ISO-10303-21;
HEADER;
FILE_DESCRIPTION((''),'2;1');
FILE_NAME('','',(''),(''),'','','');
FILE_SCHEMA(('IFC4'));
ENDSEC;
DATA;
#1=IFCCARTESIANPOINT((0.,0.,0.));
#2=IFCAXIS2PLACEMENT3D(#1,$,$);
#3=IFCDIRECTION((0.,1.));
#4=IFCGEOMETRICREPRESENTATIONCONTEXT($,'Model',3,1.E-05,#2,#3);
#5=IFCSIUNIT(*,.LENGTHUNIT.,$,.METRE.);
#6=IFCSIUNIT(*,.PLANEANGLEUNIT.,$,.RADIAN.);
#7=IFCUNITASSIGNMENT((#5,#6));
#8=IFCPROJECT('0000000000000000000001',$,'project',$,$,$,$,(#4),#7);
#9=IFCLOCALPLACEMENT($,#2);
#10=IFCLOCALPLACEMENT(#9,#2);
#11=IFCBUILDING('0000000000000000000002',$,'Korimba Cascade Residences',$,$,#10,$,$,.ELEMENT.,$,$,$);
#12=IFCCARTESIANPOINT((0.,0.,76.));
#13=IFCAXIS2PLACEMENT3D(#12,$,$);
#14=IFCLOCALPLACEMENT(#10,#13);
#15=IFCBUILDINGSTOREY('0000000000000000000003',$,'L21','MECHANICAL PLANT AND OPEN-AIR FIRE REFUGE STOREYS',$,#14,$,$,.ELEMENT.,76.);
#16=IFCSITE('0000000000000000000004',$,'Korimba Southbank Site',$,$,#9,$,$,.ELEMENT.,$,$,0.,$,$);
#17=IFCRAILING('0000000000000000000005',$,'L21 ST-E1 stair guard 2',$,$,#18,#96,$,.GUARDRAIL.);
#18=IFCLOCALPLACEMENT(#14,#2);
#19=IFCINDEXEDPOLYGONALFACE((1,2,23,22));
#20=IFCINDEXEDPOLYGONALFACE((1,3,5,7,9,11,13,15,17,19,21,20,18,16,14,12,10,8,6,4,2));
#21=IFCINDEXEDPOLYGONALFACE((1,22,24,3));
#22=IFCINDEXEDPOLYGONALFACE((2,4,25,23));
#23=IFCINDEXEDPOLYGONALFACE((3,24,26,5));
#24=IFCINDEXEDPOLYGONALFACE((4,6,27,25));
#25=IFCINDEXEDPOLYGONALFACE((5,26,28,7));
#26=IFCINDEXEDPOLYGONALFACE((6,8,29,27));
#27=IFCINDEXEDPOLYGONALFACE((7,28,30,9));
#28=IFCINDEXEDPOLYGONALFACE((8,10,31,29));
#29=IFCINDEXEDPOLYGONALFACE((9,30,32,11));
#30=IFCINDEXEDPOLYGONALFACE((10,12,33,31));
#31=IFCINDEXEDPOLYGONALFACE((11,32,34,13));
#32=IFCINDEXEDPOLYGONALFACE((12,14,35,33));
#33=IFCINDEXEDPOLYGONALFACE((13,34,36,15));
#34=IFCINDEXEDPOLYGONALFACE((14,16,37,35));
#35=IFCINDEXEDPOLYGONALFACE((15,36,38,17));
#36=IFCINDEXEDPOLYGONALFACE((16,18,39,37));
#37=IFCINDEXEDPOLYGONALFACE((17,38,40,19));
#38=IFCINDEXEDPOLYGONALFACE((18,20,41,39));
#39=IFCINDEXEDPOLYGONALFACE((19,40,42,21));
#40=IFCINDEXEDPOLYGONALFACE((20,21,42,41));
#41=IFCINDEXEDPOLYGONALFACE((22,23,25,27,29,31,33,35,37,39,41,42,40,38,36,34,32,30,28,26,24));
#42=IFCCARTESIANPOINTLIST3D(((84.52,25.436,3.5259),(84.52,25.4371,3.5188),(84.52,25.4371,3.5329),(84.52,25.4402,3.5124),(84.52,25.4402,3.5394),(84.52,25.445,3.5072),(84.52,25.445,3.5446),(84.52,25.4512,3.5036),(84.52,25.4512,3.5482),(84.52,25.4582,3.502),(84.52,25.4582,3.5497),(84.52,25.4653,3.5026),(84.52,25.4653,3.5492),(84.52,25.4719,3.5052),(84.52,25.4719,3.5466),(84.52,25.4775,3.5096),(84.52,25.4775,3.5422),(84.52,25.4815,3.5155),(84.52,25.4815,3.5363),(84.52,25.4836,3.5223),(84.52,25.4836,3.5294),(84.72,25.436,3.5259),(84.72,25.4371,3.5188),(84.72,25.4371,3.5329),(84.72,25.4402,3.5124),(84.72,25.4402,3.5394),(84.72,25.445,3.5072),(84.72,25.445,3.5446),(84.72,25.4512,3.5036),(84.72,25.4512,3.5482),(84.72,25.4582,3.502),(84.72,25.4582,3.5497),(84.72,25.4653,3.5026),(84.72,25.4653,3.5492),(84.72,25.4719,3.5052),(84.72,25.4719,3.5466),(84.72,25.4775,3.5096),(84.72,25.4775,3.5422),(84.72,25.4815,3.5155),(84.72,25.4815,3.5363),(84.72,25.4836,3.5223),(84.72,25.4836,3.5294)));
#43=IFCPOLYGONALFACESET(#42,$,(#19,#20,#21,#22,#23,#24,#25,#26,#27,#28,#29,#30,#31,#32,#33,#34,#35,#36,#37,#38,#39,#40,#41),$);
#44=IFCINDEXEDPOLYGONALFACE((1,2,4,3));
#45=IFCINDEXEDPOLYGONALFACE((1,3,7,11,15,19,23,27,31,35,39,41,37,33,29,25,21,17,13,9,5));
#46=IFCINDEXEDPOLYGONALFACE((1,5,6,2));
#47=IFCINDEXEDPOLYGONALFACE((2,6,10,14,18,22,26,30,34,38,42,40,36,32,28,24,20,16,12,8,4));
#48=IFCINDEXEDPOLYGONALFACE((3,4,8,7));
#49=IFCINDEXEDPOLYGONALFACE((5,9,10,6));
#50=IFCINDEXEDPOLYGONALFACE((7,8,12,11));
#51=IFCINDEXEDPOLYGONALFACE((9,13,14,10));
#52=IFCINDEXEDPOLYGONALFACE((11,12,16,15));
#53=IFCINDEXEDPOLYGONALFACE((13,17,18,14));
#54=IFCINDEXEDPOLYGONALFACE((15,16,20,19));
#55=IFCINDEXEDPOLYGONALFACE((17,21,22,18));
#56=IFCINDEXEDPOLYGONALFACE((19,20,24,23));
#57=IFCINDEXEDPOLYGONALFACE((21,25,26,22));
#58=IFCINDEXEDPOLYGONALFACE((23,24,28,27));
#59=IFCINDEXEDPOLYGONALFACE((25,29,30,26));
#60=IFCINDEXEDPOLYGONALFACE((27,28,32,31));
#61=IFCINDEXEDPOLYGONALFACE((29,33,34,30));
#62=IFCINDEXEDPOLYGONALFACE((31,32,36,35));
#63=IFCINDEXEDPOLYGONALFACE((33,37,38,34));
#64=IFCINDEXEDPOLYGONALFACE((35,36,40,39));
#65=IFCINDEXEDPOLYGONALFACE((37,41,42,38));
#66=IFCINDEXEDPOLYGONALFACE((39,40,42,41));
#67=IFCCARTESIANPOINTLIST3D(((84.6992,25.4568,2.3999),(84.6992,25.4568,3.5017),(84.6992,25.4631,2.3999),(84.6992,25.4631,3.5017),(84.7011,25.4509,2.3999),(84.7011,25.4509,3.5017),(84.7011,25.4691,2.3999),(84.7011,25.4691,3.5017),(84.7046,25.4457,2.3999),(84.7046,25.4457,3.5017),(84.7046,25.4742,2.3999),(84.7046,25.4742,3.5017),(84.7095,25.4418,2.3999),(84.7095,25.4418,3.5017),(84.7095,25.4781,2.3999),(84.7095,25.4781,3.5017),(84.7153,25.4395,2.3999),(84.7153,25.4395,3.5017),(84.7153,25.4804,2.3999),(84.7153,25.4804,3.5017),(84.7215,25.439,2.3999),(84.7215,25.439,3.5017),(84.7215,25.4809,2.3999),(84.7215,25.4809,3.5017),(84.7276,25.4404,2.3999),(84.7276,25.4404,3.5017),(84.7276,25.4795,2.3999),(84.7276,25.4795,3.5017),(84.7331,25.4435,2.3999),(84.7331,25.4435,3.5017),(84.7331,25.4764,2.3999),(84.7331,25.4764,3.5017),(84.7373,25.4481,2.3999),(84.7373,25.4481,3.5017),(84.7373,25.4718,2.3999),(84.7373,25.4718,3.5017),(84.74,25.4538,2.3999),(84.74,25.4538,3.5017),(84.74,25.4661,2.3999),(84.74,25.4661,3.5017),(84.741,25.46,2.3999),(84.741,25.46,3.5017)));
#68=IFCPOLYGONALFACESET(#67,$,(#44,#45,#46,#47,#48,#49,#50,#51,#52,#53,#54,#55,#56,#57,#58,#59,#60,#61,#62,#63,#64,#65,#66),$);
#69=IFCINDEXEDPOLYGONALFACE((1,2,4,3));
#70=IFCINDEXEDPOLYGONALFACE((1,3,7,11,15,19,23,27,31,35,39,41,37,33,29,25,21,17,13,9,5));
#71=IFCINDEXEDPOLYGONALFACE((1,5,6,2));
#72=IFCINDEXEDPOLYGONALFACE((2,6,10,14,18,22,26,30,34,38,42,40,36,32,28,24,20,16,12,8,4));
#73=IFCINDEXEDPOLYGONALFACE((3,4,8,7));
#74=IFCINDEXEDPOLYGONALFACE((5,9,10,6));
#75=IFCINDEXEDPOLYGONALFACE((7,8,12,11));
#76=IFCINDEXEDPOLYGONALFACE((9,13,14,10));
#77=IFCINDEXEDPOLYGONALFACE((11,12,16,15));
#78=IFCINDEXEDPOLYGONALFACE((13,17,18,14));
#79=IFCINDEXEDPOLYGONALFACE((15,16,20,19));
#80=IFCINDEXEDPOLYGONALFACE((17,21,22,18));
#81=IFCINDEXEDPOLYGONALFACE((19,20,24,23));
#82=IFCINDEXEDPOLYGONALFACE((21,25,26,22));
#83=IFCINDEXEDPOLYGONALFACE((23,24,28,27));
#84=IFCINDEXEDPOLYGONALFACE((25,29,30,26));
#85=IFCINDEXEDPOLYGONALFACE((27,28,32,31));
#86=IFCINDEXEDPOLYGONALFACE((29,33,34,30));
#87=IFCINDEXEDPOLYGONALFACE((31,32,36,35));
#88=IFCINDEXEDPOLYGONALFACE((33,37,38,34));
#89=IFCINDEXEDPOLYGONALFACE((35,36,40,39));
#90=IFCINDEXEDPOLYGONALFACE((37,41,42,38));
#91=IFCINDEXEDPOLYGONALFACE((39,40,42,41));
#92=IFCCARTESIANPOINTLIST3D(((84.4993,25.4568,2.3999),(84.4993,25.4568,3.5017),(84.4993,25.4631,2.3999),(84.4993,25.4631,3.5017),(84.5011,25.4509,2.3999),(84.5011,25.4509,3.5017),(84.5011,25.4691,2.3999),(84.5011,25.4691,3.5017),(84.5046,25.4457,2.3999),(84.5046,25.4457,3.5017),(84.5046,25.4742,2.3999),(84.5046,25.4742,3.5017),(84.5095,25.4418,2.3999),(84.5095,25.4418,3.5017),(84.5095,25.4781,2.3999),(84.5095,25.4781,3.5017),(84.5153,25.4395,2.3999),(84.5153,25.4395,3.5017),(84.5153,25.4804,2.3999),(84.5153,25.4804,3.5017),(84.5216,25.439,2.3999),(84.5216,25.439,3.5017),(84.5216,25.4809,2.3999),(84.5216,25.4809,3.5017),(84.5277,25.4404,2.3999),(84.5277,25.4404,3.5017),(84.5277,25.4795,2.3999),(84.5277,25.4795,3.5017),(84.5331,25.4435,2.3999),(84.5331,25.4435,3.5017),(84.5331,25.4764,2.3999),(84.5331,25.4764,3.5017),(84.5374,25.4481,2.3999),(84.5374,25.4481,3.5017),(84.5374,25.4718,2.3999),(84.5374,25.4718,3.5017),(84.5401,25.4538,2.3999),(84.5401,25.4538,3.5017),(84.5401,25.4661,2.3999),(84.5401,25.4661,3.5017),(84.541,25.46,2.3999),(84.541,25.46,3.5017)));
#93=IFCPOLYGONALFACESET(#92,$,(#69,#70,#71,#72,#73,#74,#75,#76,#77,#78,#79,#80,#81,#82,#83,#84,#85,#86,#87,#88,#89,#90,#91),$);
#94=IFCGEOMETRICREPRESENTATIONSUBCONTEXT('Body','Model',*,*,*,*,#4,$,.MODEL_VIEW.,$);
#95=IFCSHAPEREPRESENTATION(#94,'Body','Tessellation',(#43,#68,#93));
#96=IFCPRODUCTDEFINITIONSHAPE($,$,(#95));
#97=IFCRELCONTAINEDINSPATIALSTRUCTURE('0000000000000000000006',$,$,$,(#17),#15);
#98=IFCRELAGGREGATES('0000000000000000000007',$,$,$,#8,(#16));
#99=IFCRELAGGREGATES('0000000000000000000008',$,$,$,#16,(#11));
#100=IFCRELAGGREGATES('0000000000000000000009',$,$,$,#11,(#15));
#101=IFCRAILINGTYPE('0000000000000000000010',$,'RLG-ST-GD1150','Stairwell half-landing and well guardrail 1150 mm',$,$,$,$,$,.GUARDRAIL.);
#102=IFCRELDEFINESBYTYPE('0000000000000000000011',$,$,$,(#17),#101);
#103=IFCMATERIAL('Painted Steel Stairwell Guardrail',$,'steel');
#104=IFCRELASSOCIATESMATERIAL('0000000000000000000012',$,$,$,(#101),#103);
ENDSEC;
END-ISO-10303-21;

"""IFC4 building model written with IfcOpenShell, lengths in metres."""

from ifc_helpers import new_model, si_unit, direction, frame, origin, origin_2d, place, context, subcontext, project, spatial, circle, extrude, material, type_object, element, save


model = new_model("IFC4")

# Units and contexts
model_context = context("Model", 3, precision=1e-05, world=origin(), true_north=direction((0.0, 1.0)))
body_context = subcontext(model_context, "Body", "Model", "MODEL_VIEW")
ifc_project = project(units=[si_unit("LENGTHUNIT", "METRE"), si_unit("PLANEANGLEUNIT", "RADIAN")], contexts=[model_context])

# Site, building, storey
site_placement = place(None, origin())
site = spatial("IfcSite", under=ifc_project, at=site_placement, Name="Korimba Southbank Site", CompositionType="ELEMENT", RefElevation=0.0)
building_placement = place(site_placement, origin())
building = spatial("IfcBuilding", under=site, at=building_placement, Name="Korimba Cascade Residences", CompositionType="ELEMENT")
storey_placement = place(building_placement, frame((0.0, 0.0, 76.0)))
storey = spatial("IfcBuildingStorey", under=building, at=storey_placement, Name="L21", Description="MECHANICAL PLANT AND OPEN-AIR FIRE REFUGE STOREYS", CompositionType="ELEMENT", Elevation=76.0)

# Railing
ifc_material_1 = material(Name="Painted Steel Stairwell Guardrail", Category="steel")
railing_type_1 = type_object("IfcRailingType", Name="RLG-ST-GD1150", Description="Stairwell half-landing and well guardrail 1150 mm", PredefinedType="GUARDRAIL", material=ifc_material_1)
railing_1_placement = place(storey_placement, frame((84.72, 25.46, 2.3999)))
element("IfcRailing", 1, at=railing_1_placement, inside=storey, type_object=railing_type_1, Name="L21 ST-E1 stair guard 2", PredefinedType="GUARDRAIL", context=body_context, shape_type="SweptSolid", body=[
    extrude(circle(Radius=0.0239, at=origin_2d()), frame((0.0, 0.0, 1.126), z_axis=(-1.0, 0.0, 0.0), x_axis=(0.0, -1.0, 0.0)), (0.0, 0.0, 1.0), 0.2),
    extrude(circle(Radius=0.021, at=origin_2d()), origin(), (0.0, 0.0, 1.0), 1.1018),
    extrude(circle(Radius=0.021, at=origin_2d()), frame((-0.2, 0.0, 0.0)), (0.0, 0.0, 1.0), 1.1018),
])

save(model, "model.ifc")
